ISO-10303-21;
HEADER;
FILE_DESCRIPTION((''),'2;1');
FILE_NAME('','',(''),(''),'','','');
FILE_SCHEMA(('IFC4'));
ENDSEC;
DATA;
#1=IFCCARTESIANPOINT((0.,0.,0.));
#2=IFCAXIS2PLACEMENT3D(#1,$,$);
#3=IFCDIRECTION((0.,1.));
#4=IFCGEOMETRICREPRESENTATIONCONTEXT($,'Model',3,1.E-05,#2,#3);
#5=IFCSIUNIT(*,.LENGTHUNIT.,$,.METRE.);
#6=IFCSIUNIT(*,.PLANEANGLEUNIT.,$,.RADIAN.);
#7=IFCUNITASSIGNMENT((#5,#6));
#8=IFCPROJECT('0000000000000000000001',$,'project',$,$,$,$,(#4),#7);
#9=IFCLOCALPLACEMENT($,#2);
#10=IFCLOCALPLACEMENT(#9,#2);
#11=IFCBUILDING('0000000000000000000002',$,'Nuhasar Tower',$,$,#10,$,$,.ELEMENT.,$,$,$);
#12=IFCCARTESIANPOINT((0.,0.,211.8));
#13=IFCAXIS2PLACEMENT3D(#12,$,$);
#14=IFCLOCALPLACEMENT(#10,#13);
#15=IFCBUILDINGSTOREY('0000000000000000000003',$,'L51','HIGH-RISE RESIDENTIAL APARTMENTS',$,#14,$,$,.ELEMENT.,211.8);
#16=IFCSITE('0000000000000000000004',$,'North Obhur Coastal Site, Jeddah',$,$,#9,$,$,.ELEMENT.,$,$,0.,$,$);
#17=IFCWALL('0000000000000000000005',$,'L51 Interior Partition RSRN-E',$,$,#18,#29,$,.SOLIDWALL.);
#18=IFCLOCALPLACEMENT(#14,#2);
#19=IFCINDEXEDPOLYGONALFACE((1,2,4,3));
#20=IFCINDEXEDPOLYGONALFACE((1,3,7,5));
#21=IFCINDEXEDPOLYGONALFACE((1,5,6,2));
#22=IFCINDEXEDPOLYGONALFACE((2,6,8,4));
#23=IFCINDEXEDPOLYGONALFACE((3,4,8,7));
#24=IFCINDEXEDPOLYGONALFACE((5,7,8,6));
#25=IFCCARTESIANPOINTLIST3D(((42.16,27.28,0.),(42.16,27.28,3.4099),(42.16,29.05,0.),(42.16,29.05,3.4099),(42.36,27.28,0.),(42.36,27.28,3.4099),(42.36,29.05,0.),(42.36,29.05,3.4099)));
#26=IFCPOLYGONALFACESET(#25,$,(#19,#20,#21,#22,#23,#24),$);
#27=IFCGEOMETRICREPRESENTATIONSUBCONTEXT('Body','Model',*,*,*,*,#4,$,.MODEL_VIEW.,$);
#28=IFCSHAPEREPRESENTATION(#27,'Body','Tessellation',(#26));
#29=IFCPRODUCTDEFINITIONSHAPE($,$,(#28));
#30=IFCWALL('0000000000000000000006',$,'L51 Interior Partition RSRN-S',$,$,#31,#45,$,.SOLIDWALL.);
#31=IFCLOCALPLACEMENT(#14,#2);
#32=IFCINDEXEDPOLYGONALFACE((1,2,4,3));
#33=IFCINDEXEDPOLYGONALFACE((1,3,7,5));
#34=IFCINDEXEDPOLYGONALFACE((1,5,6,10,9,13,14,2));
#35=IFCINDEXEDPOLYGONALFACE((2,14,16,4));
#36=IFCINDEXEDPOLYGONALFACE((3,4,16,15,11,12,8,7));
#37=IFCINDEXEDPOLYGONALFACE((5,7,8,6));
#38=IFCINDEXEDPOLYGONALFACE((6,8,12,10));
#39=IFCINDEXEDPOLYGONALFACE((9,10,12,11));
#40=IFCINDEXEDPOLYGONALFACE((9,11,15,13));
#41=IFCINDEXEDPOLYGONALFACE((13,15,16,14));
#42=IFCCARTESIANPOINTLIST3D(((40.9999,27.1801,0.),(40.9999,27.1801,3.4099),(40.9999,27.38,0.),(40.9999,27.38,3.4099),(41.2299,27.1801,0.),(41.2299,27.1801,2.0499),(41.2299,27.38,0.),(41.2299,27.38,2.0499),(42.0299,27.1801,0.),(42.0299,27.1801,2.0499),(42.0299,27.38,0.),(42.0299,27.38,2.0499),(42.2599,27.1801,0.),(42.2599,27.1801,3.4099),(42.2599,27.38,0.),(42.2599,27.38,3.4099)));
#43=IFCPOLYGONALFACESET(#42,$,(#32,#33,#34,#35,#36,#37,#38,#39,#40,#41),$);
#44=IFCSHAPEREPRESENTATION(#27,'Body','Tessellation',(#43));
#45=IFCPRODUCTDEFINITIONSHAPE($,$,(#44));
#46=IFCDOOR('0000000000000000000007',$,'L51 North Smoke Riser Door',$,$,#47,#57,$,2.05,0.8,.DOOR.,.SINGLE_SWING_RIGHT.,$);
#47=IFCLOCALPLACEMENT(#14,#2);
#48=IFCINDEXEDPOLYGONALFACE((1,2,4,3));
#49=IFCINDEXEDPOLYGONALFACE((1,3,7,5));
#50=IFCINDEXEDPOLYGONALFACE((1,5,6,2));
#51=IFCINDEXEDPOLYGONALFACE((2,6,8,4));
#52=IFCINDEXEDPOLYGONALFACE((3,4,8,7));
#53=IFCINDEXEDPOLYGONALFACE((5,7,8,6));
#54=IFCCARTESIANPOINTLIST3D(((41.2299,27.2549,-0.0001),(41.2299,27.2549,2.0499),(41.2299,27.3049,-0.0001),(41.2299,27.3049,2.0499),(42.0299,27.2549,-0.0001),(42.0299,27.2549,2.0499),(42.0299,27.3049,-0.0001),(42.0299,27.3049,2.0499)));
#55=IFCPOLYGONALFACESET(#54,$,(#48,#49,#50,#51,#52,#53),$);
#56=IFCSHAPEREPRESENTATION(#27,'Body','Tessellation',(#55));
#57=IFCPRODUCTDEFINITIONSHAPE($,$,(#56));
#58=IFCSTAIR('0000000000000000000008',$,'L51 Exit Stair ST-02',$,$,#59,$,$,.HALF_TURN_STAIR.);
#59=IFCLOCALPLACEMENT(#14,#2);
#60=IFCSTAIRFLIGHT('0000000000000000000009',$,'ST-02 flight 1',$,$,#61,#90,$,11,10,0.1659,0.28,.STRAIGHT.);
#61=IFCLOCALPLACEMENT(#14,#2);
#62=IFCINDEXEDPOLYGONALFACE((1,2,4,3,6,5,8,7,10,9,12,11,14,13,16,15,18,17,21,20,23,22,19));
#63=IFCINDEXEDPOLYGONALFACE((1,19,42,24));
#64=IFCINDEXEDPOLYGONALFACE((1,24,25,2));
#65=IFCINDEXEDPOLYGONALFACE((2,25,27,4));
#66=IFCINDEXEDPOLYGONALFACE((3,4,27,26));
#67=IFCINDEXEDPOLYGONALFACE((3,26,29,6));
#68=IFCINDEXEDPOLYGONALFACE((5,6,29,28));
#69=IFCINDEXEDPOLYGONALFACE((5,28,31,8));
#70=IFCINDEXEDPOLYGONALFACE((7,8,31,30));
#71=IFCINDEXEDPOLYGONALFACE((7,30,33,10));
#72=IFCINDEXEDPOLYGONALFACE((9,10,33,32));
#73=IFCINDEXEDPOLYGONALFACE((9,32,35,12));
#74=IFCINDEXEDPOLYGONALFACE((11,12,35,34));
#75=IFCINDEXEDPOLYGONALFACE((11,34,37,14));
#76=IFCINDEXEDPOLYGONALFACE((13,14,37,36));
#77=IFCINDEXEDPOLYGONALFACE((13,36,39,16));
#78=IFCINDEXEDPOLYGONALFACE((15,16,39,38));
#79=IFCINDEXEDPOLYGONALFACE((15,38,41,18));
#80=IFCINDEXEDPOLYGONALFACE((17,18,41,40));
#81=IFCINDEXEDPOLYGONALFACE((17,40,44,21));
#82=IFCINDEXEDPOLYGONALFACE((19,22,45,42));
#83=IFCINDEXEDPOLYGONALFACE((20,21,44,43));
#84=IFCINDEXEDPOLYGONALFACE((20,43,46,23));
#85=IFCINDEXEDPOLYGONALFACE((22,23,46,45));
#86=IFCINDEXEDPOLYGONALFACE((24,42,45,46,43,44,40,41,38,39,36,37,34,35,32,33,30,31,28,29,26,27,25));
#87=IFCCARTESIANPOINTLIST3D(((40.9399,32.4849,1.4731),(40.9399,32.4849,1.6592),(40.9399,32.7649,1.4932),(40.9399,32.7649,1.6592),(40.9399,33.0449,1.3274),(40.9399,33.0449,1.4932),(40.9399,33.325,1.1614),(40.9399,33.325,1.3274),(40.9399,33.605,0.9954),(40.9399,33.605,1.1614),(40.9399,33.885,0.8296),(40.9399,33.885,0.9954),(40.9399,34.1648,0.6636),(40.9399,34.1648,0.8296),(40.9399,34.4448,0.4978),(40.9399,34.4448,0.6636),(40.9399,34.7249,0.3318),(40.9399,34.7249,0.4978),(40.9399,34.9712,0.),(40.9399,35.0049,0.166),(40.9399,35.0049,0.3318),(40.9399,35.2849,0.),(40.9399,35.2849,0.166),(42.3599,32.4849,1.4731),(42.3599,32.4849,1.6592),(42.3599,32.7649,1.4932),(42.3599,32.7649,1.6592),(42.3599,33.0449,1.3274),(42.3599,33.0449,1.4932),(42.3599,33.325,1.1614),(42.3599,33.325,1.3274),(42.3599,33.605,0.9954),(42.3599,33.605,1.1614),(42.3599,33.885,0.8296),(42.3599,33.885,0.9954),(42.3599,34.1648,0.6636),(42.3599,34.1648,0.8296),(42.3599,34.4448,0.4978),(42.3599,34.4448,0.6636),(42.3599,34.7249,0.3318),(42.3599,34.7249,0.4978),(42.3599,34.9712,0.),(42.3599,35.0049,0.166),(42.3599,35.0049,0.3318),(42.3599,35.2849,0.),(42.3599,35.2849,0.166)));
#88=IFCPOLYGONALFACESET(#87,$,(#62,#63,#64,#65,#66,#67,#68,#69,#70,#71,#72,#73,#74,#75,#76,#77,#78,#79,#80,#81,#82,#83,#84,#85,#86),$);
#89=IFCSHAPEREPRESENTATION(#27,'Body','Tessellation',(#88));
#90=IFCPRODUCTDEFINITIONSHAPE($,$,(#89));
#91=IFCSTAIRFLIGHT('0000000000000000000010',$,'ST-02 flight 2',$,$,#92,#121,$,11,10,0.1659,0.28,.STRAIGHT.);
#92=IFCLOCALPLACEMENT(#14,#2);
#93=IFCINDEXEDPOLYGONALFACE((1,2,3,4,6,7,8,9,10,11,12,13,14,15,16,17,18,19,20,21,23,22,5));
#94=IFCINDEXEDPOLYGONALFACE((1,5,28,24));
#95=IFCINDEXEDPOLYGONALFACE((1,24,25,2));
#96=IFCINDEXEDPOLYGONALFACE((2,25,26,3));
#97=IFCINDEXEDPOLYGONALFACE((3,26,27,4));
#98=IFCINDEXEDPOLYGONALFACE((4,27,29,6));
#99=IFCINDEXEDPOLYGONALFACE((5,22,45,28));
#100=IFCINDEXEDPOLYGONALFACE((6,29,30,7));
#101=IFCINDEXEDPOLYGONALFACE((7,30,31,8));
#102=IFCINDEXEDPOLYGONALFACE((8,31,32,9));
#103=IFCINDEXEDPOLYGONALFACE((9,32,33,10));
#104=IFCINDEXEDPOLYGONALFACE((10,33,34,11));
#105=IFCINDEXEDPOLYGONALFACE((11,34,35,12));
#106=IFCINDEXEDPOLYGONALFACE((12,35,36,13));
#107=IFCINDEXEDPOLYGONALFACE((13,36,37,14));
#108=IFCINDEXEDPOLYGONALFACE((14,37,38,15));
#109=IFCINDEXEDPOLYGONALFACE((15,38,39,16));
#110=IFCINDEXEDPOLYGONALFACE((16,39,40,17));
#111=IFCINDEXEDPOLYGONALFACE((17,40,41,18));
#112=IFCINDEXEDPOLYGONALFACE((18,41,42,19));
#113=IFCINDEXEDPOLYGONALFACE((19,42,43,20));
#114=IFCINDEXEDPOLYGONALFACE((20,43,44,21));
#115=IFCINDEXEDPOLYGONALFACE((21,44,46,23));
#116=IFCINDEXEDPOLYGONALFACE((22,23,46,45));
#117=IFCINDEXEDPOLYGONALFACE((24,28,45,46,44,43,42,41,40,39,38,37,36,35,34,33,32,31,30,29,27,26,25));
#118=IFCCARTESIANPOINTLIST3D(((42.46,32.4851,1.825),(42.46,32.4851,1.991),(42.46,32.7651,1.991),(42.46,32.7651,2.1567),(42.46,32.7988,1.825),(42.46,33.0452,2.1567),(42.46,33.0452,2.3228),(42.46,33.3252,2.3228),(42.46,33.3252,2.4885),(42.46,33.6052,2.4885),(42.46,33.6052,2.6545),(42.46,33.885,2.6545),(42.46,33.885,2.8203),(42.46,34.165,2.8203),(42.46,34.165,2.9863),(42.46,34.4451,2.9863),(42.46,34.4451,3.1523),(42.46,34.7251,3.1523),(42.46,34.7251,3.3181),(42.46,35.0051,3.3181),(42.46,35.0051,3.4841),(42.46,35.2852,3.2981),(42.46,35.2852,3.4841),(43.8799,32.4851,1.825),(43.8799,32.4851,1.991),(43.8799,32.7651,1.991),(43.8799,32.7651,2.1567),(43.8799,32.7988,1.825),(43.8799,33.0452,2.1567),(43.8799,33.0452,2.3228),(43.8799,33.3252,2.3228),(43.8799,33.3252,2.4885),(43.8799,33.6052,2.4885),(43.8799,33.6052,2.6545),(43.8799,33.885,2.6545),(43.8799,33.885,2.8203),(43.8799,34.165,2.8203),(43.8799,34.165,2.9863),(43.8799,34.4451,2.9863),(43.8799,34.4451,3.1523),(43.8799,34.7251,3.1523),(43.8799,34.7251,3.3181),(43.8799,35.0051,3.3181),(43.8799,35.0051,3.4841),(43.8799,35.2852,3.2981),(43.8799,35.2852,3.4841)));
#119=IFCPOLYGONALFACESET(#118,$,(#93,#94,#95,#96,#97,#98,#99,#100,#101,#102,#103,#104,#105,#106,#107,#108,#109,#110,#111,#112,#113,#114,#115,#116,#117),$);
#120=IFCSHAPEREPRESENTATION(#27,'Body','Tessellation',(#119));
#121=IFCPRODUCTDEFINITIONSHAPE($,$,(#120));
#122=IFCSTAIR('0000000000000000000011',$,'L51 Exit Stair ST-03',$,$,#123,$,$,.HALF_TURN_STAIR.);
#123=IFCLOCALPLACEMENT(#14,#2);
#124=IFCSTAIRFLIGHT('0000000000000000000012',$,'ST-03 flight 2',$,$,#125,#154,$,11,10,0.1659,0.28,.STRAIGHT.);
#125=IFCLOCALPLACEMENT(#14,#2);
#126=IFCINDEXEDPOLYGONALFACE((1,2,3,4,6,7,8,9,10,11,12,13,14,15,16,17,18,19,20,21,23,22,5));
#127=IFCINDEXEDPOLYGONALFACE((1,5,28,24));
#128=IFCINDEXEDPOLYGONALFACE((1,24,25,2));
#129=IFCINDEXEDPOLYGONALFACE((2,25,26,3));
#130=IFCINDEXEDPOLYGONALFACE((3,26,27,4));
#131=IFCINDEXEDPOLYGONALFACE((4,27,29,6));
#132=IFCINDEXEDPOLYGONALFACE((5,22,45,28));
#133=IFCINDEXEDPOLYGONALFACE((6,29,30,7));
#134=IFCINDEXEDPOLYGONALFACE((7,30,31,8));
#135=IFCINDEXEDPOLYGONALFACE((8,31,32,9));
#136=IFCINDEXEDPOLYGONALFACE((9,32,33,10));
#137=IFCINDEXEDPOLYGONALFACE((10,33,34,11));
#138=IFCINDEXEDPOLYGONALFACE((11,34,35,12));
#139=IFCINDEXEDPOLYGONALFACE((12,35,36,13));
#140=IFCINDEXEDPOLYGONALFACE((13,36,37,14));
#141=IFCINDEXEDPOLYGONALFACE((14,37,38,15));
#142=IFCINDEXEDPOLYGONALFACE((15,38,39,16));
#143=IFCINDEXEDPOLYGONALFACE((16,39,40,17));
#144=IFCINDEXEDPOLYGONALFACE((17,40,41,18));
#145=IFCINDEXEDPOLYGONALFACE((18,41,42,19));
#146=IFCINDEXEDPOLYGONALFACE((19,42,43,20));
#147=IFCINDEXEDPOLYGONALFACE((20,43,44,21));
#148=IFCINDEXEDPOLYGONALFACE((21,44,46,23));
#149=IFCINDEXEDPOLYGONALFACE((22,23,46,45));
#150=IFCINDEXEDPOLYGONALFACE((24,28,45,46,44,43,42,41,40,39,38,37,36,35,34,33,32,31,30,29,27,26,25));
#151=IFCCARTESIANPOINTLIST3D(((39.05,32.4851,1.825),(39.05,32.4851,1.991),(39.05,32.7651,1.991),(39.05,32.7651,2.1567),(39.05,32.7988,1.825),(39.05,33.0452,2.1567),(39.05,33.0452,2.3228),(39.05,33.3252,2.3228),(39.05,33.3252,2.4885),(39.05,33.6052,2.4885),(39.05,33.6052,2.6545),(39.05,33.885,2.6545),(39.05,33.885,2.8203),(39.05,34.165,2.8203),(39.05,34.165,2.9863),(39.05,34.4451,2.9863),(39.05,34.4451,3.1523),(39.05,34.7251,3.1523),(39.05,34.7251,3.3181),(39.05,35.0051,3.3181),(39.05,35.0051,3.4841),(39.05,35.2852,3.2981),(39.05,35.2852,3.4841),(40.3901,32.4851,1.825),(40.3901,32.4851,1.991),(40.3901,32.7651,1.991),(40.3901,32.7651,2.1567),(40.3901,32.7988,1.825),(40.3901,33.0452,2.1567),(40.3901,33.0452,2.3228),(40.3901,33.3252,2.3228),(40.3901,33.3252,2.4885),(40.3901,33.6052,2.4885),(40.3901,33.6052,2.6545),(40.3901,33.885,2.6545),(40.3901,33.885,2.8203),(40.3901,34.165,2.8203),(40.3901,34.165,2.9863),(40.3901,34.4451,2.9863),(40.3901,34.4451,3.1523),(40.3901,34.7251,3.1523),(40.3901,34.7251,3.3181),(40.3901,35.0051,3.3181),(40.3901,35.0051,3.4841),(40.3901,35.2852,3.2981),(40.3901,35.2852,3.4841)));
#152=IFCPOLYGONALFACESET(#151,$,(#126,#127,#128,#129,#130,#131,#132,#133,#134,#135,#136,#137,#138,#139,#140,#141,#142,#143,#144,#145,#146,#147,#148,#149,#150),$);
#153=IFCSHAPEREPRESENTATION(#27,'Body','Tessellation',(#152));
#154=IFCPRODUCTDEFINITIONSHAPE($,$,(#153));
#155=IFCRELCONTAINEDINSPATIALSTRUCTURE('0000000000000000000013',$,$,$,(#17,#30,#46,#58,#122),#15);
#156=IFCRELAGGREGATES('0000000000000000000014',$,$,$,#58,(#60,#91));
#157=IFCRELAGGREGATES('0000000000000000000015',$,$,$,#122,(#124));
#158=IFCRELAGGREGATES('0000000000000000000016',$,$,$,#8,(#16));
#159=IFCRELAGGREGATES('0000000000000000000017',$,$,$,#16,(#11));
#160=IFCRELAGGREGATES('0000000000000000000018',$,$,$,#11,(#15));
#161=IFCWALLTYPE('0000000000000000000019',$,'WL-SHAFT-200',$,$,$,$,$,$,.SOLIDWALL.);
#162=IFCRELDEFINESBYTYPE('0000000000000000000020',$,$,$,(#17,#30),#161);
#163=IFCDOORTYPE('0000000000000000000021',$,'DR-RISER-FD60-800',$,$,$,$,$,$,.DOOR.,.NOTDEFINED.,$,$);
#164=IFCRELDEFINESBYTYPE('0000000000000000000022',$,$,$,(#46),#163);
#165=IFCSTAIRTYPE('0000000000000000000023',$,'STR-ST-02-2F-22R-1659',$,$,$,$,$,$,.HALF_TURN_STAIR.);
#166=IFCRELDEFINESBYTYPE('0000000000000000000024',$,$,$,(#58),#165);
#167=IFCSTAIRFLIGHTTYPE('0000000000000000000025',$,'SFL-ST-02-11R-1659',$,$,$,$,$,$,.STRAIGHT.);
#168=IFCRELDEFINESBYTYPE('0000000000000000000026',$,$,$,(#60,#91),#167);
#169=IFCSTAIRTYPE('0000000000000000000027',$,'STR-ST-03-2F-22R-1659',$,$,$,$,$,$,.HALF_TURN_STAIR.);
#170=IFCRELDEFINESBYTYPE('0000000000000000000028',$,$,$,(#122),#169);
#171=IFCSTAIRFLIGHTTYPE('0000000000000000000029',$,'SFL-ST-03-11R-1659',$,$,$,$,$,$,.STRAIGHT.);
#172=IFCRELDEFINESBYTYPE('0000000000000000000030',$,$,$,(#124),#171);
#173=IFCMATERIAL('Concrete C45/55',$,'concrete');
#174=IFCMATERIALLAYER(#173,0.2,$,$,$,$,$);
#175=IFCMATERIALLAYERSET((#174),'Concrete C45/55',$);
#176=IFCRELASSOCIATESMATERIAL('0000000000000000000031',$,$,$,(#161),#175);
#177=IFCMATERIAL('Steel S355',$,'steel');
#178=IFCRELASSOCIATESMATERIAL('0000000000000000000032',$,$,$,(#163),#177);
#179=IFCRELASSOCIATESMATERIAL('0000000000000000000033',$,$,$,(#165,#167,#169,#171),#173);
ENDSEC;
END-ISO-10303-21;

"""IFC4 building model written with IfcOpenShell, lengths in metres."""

from ifc_helpers import new_model, si_unit, direction, frame, frame_2d, origin, place, context, subcontext, project, spatial, polyline, rectangle, outline, extrude, material, layer, layer_set, type_object, element, fill, aggregate, save


model = new_model("IFC4")

# Units and contexts
model_context = context("Model", 3, precision=1e-05, world=origin(), true_north=direction((0.0, 1.0)))
body_context = subcontext(model_context, "Body", "Model", "MODEL_VIEW")
ifc_project = project(units=[si_unit("LENGTHUNIT", "METRE"), si_unit("PLANEANGLEUNIT", "RADIAN")], contexts=[model_context])

# Site, building, storey
site_placement = place(None, origin())
site = spatial("IfcSite", under=ifc_project, at=site_placement, Name="North Obhur Coastal Site, Jeddah", CompositionType="ELEMENT", RefElevation=0.0)
building_placement = place(site_placement, origin())
building = spatial("IfcBuilding", under=site, at=building_placement, Name="Nuhasar Tower", CompositionType="ELEMENT")
storey_placement = place(building_placement, frame((0.0, 0.0, 211.8)))
storey = spatial("IfcBuildingStorey", under=building, at=storey_placement, Name="L51", Description="HIGH-RISE RESIDENTIAL APARTMENTS", CompositionType="ELEMENT", Elevation=211.8)

# Shared definitions
ifc_material_1 = material(Name="Steel S355", Category="steel")

# Shared definitions
ifc_material_2 = material(Name="Concrete C45/55", Category="concrete")

# Wall
ifc_layer_1 = layer(ifc_material_2, 0.2)
ifc_layer_set_1 = layer_set([ifc_layer_1], Name="Concrete C45/55")
wall_type_1 = type_object("IfcWallType", Name="WL-SHAFT-200", PredefinedType="SOLIDWALL", material=ifc_layer_set_1)
for number, where, z_axis, x_axis, name in (
    (1, (42.26, 27.28, 0.0), (0.0, 0.0, 1.0), (0.0, 1.0, 0.0), "L51 Interior Partition RSRN-E"),
):
    element("IfcWall", number, at=place(storey_placement, frame(where, z_axis=z_axis, x_axis=x_axis)), inside=storey, type_object=wall_type_1, Name=name, PredefinedType="SOLIDWALL", context=body_context, shape_type="SweptSolid", body=[
        extrude(rectangle(XDim=1.77, YDim=0.2, at=frame_2d((0.885, 0.0))), origin(), (0.0, 0.0, 1.0), 3.4099),
    ])

# Wall, opening, door
wall_1_placement = place(storey_placement, frame((41.0, 27.28, 0.0), z_axis=(0.0, 0.0, 1.0), x_axis=(1.0, 0.0, 0.0)))
wall_1 = element("IfcWall", 2, at=wall_1_placement, inside=storey, type_object=wall_type_1, Name="L51 Interior Partition RSRN-S", PredefinedType="SOLIDWALL", context=body_context, shape_type="SweptSolid", body=[
    extrude(rectangle(XDim=1.26, YDim=0.2, at=frame_2d((0.6299, 0.0))), origin(), (0.0, 0.0, 1.0), 3.4099),
])
opening_1_placement = place(wall_1_placement, frame((0.23, 0.0, 0.0)))
opening_1 = element("IfcOpeningElement", 3, at=opening_1_placement, cuts=wall_1, PredefinedType="OPENING", context=body_context, shape_type="SweptSolid", body=[
    extrude(rectangle(XDim=0.8, YDim=2.05, at=frame_2d((0.3999, 1.0249))), frame((0.0, 0.1099, 0.0), z_axis=(0.0, -1.0, 0.0), x_axis=(1.0, 0.0, 0.0)), (0.0, 0.0, 1.0), 0.22),
])
door_type_1 = type_object("IfcDoorType", Name="DR-RISER-FD60-800", OperationType="NOTDEFINED", PredefinedType="DOOR", material=ifc_material_1)
door_1_placement = place(opening_1_placement, origin())
door_1 = element("IfcDoor", 4, at=door_1_placement, inside=storey, type_object=door_type_1, Name="L51 North Smoke Riser Door", OperationType="SINGLE_SWING_RIGHT", OverallHeight=2.05, OverallWidth=0.8, PredefinedType="DOOR", context=body_context, shape_type="SweptSolid", body=[
    extrude(rectangle(XDim=0.8, YDim=2.05, at=frame_2d((0.3999, 1.0249))), frame((0.0, 0.0249, 0.0), z_axis=(0.0, -1.0, 0.0), x_axis=(1.0, 0.0, 0.0)), (0.0, 0.0, 1.0), 0.05),
])
fill(opening_1, door_1)

# Stair, stair flights
stair_type_1 = type_object("IfcStairType", Name="STR-ST-02-2F-22R-1659", PredefinedType="HALF_TURN_STAIR", material=ifc_material_2)
stair_1_placement = place(storey_placement, origin())
stair_1 = element("IfcStair", 5, at=stair_1_placement, inside=storey, type_object=stair_type_1, Name="L51 Exit Stair ST-02", PredefinedType="HALF_TURN_STAIR")
stair_flight_type_1 = type_object("IfcStairFlightType", Name="SFL-ST-02-11R-1659", PredefinedType="STRAIGHT", material=ifc_material_2)
stair_flight_1_placement = place(storey_placement, frame((41.6499, 35.2849, 0.0), z_axis=(0.0, 0.0, 1.0), x_axis=(0.0, -1.0, 0.0)))
stair_flight_1 = element("IfcStairFlight", 6, at=stair_flight_1_placement, type_object=stair_flight_type_1, Name="ST-02 flight 1", NumberOfRisers=11, NumberOfTreads=10, PredefinedType="STRAIGHT", RiserHeight=0.1659, TreadLength=0.28, context=body_context, shape_type="SweptSolid", body=[
    extrude(outline(polyline([(0.0, 0.0), (0.0, 0.166), (0.28, 0.166), (0.28, 0.3318), (0.5601, 0.3318), (0.5601, 0.4978), (0.8401, 0.4978), (0.8401, 0.6636), (1.1201, 0.6636), (1.1201, 0.8296), (1.3999, 0.8296), (1.3999, 0.9954), (1.6799, 0.9954), (1.6799, 1.1614), (1.96, 1.1614), (1.96, 1.3274), (2.24, 1.3274), (2.24, 1.4932), (2.52, 1.4932), (2.52, 1.6592), (2.8, 1.6592), (2.8, 1.825), (2.8, 1.4731), (0.3137, 0.0), (0.0, 0.0)])), frame((0.0, 0.71, 0.0), z_axis=(0.0, -1.0, 0.0), x_axis=(1.0, 0.0, 0.0)), (0.0, 0.0, 1.0), 1.4199),
])
stair_flight_2_placement = place(storey_placement, frame((43.1699, 32.4851, 1.825), z_axis=(0.0, 0.0, 1.0), x_axis=(0.0, 1.0, 0.0)))
stair_flight_2 = element("IfcStairFlight", 7, at=stair_flight_2_placement, type_object=stair_flight_type_1, Name="ST-02 flight 2", NumberOfRisers=11, NumberOfTreads=10, PredefinedType="STRAIGHT", RiserHeight=0.1659, TreadLength=0.28, context=body_context, shape_type="SweptSolid", body=[
    extrude(outline(polyline([(0.0, 0.0), (0.0, 0.166), (0.28, 0.166), (0.28, 0.3318), (0.5601, 0.3318), (0.5601, 0.4978), (0.8401, 0.4978), (0.8401, 0.6636), (1.1201, 0.6636), (1.1201, 0.8296), (1.3999, 0.8296), (1.3999, 0.9954), (1.6799, 0.9954), (1.6799, 1.1614), (1.96, 1.1614), (1.96, 1.3274), (2.24, 1.3274), (2.24, 1.4932), (2.52, 1.4932), (2.52, 1.6592), (2.8, 1.6592), (2.8, 1.825), (2.8, 1.4731), (0.3137, 0.0), (0.0, 0.0)])), frame((0.0, 0.71, 0.0), z_axis=(0.0, -1.0, 0.0), x_axis=(1.0, 0.0, 0.0)), (0.0, 0.0, 1.0), 1.4199),
])
aggregate(stair_1, [stair_flight_1, stair_flight_2])

# Stair, stair flight
stair_type_2 = type_object("IfcStairType", Name="STR-ST-03-2F-22R-1659", PredefinedType="HALF_TURN_STAIR", material=ifc_material_2)
stair_2_placement = place(storey_placement, origin())
stair_2 = element("IfcStair", 8, at=stair_2_placement, inside=storey, type_object=stair_type_2, Name="L51 Exit Stair ST-03", PredefinedType="HALF_TURN_STAIR")
stair_flight_type_2 = type_object("IfcStairFlightType", Name="SFL-ST-03-11R-1659", PredefinedType="STRAIGHT", material=ifc_material_2)
stair_flight_3_placement = place(storey_placement, frame((39.72, 32.4851, 1.825), z_axis=(0.0, 0.0, 1.0), x_axis=(0.0, 1.0, 0.0)))
stair_flight_3 = element("IfcStairFlight", 9, at=stair_flight_3_placement, type_object=stair_flight_type_2, Name="ST-03 flight 2", NumberOfRisers=11, NumberOfTreads=10, PredefinedType="STRAIGHT", RiserHeight=0.1659, TreadLength=0.28, context=body_context, shape_type="SweptSolid", body=[
    extrude(outline(polyline([(0.0, 0.0), (0.0, 0.166), (0.28, 0.166), (0.28, 0.3318), (0.5601, 0.3318), (0.5601, 0.4978), (0.8401, 0.4978), (0.8401, 0.6636), (1.1201, 0.6636), (1.1201, 0.8296), (1.3999, 0.8296), (1.3999, 0.9954), (1.6799, 0.9954), (1.6799, 1.1614), (1.96, 1.1614), (1.96, 1.3274), (2.24, 1.3274), (2.24, 1.4932), (2.52, 1.4932), (2.52, 1.6592), (2.8, 1.6592), (2.8, 1.825), (2.8, 1.4731), (0.3137, 0.0), (0.0, 0.0)])), frame((0.0, 0.6699, 0.0), z_axis=(0.0, -1.0, 0.0), x_axis=(1.0, 0.0, 0.0)), (0.0, 0.0, 1.0), 1.3401),
])
aggregate(stair_2, [stair_flight_3])

save(model, "model.ifc")
